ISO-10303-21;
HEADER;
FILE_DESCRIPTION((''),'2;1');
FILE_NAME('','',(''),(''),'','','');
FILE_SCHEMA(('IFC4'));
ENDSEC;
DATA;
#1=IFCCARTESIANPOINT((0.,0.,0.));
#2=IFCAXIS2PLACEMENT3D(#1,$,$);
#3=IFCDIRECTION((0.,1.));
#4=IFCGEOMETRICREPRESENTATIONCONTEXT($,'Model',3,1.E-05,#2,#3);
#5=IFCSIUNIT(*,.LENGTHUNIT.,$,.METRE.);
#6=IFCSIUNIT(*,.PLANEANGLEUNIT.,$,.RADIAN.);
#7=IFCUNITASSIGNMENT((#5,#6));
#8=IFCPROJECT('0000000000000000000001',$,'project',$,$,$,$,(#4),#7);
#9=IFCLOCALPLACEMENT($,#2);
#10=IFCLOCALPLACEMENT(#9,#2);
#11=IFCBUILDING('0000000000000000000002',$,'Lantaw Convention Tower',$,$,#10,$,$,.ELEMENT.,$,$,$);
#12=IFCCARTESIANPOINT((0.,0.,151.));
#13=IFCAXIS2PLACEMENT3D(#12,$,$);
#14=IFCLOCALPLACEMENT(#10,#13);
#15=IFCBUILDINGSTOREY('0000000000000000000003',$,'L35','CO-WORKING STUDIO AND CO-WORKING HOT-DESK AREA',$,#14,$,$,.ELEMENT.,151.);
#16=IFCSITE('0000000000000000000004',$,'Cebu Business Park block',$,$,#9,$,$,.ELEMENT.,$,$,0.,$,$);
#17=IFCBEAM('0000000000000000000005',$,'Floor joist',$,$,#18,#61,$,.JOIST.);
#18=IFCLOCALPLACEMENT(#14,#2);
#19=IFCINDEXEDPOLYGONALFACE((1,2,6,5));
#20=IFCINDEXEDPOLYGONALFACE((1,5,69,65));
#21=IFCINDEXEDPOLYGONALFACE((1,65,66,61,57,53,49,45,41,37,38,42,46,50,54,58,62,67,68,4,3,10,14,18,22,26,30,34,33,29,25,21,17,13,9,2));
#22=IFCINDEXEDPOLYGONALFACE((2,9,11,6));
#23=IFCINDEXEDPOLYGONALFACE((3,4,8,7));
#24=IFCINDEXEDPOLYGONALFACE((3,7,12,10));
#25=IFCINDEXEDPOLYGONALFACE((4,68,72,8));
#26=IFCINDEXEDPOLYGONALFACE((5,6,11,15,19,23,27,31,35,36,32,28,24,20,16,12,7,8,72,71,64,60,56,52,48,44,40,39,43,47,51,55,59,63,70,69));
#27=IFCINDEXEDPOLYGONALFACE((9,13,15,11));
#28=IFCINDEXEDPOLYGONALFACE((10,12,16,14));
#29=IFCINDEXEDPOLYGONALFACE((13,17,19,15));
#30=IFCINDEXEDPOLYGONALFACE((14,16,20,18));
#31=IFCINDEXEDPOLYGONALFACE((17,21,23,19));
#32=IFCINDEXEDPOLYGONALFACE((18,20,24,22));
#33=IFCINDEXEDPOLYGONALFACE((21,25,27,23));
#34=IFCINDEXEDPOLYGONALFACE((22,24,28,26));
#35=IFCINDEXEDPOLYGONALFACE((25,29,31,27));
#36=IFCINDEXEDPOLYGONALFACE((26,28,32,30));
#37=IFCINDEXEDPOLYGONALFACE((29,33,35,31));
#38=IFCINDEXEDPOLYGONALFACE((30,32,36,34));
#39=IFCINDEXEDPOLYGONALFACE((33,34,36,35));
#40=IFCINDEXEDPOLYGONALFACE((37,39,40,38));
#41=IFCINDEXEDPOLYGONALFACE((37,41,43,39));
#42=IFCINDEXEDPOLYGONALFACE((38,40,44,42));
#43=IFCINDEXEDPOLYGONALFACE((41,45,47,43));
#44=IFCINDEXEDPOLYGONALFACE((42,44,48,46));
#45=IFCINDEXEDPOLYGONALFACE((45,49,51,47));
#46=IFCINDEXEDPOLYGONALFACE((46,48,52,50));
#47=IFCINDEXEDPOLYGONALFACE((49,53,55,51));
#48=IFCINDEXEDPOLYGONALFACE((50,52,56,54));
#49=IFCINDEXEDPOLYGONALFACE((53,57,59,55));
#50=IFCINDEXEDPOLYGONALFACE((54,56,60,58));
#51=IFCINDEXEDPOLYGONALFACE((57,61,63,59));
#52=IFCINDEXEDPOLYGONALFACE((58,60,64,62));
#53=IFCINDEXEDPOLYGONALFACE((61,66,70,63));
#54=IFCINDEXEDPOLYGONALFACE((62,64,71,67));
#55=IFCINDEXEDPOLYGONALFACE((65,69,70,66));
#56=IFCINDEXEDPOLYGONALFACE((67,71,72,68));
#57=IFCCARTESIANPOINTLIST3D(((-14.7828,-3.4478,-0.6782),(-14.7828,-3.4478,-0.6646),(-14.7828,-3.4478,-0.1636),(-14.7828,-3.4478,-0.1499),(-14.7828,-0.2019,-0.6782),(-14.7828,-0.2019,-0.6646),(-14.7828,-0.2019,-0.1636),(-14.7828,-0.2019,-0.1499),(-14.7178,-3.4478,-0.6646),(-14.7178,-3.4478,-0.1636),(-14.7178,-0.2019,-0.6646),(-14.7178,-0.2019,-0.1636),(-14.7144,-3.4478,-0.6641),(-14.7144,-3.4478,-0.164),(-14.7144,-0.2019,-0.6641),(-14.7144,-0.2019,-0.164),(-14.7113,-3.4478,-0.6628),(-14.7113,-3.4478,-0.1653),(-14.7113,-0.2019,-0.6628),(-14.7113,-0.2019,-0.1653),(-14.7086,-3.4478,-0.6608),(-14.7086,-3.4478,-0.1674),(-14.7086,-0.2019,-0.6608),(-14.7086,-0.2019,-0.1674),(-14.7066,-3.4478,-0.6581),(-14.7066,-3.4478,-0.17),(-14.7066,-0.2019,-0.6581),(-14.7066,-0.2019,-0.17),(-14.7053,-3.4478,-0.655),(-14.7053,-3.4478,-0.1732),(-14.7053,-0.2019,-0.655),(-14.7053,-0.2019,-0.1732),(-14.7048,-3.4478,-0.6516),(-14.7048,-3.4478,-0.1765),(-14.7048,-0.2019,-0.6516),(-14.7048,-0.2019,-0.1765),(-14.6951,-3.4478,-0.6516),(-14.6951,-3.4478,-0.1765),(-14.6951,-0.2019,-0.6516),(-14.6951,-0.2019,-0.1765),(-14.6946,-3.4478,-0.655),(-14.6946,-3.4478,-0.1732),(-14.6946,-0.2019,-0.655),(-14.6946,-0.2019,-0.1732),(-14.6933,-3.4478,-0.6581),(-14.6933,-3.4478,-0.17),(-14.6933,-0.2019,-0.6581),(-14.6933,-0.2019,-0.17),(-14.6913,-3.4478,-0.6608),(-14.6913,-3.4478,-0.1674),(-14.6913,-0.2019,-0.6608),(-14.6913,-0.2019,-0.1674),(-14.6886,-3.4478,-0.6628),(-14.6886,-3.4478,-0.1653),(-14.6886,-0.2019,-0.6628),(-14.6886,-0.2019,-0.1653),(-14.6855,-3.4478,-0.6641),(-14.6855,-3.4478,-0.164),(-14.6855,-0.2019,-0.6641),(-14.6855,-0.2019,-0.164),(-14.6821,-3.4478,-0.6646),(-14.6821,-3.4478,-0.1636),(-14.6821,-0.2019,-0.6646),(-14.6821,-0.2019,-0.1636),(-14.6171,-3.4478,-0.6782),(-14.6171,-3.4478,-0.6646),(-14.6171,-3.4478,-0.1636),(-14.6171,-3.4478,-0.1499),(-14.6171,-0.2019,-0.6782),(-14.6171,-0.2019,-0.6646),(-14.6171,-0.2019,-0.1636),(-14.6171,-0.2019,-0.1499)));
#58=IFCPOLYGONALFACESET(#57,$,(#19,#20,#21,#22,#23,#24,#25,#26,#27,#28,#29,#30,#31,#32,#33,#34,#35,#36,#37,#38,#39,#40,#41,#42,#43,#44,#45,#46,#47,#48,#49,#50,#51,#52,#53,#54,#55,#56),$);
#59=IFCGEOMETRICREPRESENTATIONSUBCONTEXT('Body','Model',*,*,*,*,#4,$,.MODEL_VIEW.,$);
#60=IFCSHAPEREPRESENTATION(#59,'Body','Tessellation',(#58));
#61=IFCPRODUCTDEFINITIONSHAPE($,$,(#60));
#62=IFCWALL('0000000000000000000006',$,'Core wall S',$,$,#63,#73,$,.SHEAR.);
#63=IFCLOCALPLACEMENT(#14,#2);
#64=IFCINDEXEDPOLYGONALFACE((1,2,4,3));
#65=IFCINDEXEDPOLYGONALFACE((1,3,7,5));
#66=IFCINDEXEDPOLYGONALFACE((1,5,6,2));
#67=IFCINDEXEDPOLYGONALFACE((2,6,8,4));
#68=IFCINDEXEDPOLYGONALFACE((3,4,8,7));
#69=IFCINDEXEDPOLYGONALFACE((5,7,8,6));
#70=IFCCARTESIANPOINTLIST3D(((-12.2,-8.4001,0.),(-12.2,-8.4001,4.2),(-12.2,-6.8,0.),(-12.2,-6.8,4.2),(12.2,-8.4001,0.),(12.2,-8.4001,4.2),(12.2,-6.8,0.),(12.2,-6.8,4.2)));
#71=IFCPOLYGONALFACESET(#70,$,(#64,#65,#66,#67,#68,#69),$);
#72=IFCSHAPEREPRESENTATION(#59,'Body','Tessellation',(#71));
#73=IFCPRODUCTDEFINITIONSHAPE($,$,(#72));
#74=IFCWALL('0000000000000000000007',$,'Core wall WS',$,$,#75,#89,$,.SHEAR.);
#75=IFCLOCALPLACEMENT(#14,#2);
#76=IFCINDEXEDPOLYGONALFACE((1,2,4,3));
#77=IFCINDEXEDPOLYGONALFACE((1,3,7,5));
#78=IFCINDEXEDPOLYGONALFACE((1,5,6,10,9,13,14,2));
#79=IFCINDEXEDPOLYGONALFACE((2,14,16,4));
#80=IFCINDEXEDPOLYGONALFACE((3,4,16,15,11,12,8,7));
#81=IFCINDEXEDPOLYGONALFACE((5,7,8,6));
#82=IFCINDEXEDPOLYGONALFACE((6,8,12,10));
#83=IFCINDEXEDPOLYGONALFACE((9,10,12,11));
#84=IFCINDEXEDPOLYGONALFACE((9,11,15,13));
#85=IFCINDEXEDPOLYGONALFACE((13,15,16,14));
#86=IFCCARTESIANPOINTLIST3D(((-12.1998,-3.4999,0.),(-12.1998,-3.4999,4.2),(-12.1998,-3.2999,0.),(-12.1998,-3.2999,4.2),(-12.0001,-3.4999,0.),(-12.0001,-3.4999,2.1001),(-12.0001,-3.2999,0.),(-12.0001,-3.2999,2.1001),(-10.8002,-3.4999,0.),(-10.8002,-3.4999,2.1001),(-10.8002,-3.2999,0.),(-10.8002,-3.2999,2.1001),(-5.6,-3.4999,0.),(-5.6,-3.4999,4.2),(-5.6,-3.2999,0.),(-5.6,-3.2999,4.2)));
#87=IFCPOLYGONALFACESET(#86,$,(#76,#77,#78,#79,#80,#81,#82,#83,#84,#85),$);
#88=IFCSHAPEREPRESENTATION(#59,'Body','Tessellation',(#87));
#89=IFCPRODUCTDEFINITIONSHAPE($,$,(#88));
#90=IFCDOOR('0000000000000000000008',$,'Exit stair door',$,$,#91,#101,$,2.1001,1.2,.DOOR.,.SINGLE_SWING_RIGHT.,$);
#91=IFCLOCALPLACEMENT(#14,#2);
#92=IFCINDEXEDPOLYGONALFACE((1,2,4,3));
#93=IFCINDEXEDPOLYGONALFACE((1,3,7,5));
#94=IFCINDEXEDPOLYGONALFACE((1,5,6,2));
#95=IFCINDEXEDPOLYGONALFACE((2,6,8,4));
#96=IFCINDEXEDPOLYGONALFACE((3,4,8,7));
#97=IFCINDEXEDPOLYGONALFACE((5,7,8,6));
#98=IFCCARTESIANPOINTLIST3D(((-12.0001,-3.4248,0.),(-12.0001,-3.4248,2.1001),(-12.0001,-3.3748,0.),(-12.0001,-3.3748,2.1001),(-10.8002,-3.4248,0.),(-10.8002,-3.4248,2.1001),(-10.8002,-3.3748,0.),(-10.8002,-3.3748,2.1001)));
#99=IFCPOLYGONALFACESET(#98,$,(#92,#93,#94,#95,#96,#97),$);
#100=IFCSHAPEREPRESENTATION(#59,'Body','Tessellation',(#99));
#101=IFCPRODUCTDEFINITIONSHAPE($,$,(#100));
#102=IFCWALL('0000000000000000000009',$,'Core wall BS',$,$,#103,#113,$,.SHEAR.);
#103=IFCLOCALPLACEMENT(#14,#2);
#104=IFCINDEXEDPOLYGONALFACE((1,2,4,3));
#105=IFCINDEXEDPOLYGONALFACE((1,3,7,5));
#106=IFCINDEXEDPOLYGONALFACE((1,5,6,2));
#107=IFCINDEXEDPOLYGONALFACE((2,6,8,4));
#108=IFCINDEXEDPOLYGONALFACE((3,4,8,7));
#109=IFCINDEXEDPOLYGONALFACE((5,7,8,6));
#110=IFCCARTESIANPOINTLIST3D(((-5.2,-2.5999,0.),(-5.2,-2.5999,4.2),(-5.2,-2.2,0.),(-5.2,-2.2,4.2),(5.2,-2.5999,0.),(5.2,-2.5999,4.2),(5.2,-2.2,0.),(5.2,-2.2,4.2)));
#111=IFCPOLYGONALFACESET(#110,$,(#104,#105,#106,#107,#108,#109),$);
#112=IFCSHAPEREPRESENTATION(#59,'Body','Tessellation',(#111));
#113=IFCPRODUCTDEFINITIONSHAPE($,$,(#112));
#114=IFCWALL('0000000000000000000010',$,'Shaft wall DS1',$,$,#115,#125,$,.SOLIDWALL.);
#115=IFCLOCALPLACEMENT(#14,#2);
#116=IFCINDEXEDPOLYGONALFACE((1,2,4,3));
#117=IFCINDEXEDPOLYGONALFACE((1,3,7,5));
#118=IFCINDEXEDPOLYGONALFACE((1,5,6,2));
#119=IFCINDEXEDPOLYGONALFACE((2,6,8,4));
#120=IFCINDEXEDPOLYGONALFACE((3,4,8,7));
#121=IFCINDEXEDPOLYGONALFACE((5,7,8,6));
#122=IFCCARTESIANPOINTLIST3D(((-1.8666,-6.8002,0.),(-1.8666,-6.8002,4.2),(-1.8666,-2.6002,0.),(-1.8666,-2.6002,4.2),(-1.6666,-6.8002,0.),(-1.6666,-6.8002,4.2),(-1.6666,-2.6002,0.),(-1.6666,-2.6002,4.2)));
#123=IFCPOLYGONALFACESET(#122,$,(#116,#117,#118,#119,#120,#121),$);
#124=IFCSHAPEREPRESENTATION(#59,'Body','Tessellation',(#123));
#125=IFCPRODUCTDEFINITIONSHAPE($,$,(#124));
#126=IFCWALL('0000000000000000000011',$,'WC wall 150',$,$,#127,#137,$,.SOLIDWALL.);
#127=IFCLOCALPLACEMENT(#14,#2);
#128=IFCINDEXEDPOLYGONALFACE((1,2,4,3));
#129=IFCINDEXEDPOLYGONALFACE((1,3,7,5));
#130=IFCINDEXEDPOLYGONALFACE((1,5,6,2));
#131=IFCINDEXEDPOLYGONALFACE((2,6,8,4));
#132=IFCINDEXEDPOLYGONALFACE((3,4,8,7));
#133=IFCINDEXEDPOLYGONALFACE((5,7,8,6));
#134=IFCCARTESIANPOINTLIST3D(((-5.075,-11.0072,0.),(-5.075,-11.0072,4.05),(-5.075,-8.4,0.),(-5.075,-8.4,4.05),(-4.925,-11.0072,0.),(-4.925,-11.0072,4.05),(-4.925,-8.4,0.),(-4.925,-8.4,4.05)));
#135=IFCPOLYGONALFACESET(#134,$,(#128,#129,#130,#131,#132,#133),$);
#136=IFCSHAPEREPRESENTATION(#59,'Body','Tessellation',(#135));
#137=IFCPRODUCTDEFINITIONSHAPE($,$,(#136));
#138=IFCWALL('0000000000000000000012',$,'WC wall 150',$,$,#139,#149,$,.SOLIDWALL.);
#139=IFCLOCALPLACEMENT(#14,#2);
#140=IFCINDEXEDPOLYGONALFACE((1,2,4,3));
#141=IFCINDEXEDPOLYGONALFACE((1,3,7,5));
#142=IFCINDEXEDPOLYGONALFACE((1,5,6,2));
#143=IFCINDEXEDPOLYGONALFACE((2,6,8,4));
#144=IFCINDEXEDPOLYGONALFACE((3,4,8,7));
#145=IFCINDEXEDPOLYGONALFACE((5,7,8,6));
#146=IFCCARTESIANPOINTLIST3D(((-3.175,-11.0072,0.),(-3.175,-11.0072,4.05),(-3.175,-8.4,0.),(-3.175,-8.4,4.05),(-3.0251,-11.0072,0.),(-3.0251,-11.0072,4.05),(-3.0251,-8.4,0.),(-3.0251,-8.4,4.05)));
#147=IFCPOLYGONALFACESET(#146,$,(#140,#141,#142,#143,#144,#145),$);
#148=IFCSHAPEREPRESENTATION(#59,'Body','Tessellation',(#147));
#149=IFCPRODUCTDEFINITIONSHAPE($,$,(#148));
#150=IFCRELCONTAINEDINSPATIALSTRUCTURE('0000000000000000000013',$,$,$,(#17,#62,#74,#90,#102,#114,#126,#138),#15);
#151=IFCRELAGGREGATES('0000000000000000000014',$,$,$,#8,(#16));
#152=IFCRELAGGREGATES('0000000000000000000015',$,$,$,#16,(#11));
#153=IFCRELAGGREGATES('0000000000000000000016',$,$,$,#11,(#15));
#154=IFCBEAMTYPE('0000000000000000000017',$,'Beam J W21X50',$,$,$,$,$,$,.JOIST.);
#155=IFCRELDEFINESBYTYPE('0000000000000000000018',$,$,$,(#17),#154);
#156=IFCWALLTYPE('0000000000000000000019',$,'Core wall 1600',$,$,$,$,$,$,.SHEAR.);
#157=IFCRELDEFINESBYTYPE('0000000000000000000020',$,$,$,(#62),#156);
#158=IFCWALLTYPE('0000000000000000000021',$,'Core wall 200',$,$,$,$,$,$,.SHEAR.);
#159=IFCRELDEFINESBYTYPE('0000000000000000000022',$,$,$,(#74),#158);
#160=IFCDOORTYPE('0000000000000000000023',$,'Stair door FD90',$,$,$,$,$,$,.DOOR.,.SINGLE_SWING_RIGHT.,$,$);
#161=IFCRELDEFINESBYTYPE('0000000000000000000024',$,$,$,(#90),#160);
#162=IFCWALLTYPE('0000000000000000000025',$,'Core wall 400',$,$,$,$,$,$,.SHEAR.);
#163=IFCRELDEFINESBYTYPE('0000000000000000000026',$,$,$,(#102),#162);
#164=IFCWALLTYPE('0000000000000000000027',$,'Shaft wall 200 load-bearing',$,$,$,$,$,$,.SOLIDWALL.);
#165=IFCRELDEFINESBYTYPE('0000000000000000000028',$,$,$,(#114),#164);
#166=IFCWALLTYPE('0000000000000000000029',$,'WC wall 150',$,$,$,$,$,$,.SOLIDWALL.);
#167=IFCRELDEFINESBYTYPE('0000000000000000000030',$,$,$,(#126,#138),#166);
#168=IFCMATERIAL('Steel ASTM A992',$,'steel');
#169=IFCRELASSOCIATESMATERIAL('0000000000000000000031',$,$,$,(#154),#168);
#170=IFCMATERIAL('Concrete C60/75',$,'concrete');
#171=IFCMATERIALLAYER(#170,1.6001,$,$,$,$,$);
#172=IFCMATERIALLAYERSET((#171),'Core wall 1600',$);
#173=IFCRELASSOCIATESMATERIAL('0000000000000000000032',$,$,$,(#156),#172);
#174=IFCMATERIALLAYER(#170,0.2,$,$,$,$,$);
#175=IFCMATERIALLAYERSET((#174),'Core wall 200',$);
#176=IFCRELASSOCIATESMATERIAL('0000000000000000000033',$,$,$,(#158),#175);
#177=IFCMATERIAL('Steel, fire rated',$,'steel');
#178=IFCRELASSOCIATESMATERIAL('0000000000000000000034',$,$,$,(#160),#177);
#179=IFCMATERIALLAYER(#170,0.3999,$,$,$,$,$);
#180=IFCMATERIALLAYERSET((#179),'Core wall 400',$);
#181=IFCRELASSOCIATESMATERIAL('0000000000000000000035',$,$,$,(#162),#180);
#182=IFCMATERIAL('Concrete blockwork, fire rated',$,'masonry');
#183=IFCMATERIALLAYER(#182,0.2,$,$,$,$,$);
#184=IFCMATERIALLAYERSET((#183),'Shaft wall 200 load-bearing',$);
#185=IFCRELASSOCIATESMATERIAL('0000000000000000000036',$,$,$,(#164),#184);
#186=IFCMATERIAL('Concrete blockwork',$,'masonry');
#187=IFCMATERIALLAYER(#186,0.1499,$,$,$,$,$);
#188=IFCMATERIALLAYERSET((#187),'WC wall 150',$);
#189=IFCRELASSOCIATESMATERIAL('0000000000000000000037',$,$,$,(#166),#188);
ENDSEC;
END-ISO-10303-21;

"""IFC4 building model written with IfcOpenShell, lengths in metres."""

from ifc_helpers import new_model, si_unit, direction, frame, frame_2d, origin, origin_2d, place, context, subcontext, project, spatial, rectangle, i_section, extrude, material, layer, layer_set, material_profile, profile_set, type_object, element, fill, save


model = new_model("IFC4")

# Units and contexts
model_context = context("Model", 3, precision=1e-05, world=origin(), true_north=direction((0.0, 1.0)))
body_context = subcontext(model_context, "Body", "Model", "MODEL_VIEW")
ifc_project = project(units=[si_unit("LENGTHUNIT", "METRE"), si_unit("PLANEANGLEUNIT", "RADIAN")], contexts=[model_context])

# Site, building, storey
site_placement = place(None, origin())
site = spatial("IfcSite", under=ifc_project, at=site_placement, Name="Cebu Business Park block", CompositionType="ELEMENT", RefElevation=0.0)
building_placement = place(site_placement, origin())
building = spatial("IfcBuilding", under=site, at=building_placement, Name="Lantaw Convention Tower", CompositionType="ELEMENT")
storey_placement = place(building_placement, frame((0.0, 0.0, 151.0)))
storey = spatial("IfcBuildingStorey", under=building, at=storey_placement, Name="L35", Description="CO-WORKING STUDIO AND CO-WORKING HOT-DESK AREA", CompositionType="ELEMENT", Elevation=151.0)

# Beam
ifc_material_1 = material(Name="Steel ASTM A992", Category="steel")
ifc_material_profile_1 = material_profile(ifc_material_1, i_section(OverallWidth=0.1658, OverallDepth=0.5283, WebThickness=0.0098, FlangeThickness=0.0137, FilletRadius=0.0129, at=origin_2d()), Name="W21X50")
ifc_profile_set_1 = profile_set([ifc_material_profile_1], Name="Steel ASTM A992")
beam_type_1 = type_object("IfcBeamType", Name="Beam J W21X50", PredefinedType="JOIST", material=ifc_profile_set_1)
beam_1_placement = place(storey_placement, frame((-14.7, -3.4478, -0.4141), z_axis=(0.0, 1.0, 0.0), x_axis=(-1.0, 0.0, 0.0)))
element("IfcBeam", 1, at=beam_1_placement, inside=storey, type_object=beam_type_1, Name="Floor joist", PredefinedType="JOIST", context=body_context, shape_type="SweptSolid", body=[
    extrude(i_section(OverallWidth=0.1658, OverallDepth=0.5283, WebThickness=0.0098, FlangeThickness=0.0137, FilletRadius=0.0129, at=origin_2d()), origin(), (0.0, 0.0, 1.0), 3.2458),
])

# Wall
ifc_material_2 = material(Name="Concrete C60/75", Category="concrete")
ifc_layer_1 = layer(ifc_material_2, 1.6001)
ifc_layer_set_1 = layer_set([ifc_layer_1], Name="Core wall 1600")
wall_type_1 = type_object("IfcWallType", Name="Core wall 1600", PredefinedType="SHEAR", material=ifc_layer_set_1)
wall_1_placement = place(storey_placement, frame((-12.2, -7.6001, 0.0), z_axis=(0.0, 0.0, 1.0), x_axis=(1.0, 0.0, 0.0)))
element("IfcWall", 2, at=wall_1_placement, inside=storey, type_object=wall_type_1, Name="Core wall S", PredefinedType="SHEAR", context=body_context, shape_type="SweptSolid", body=[
    extrude(rectangle(XDim=24.3999, YDim=1.6001, at=frame_2d((12.2, 0.0))), origin(), (0.0, 0.0, 1.0), 4.2),
])

# Wall, opening, door
ifc_layer_2 = layer(ifc_material_2, 0.2)
ifc_layer_set_2 = layer_set([ifc_layer_2], Name="Core wall 200")
wall_type_2 = type_object("IfcWallType", Name="Core wall 200", PredefinedType="SHEAR", material=ifc_layer_set_2)
wall_2_placement = place(storey_placement, frame((-5.6001, -3.3999, 0.0), z_axis=(0.0, 0.0, 1.0), x_axis=(-1.0, 0.0, 0.0)))
wall_2 = element("IfcWall", 3, at=wall_2_placement, inside=storey, type_object=wall_type_2, Name="Core wall WS", PredefinedType="SHEAR", context=body_context, shape_type="SweptSolid", body=[
    extrude(rectangle(XDim=6.5999, YDim=0.2, at=frame_2d((3.2998, 0.0))), origin(), (0.0, 0.0, 1.0), 4.2),
])
opening_placement = place(wall_2_placement, frame((5.2, 0.0, 0.0)))
opening = element("IfcOpeningElement", 4, at=opening_placement, cuts=wall_2, PredefinedType="OPENING", context=body_context, shape_type="SweptSolid", body=[
    extrude(rectangle(XDim=1.2, YDim=2.1001, at=frame_2d((0.6001, 1.05))), frame((0.0, 0.1099, 0.0), z_axis=(0.0, -1.0, 0.0), x_axis=(1.0, 0.0, 0.0)), (0.0, 0.0, 1.0), 0.22),
])
ifc_material_3 = material(Name="Steel, fire rated", Category="steel")
door_type = type_object("IfcDoorType", Name="Stair door FD90", OperationType="SINGLE_SWING_RIGHT", PredefinedType="DOOR", material=ifc_material_3)
door_placement = place(opening_placement, origin())
door = element("IfcDoor", 5, at=door_placement, inside=storey, type_object=door_type, Name="Exit stair door", OperationType="SINGLE_SWING_RIGHT", OverallHeight=2.1001, OverallWidth=1.2, PredefinedType="DOOR", context=body_context, shape_type="SweptSolid", body=[
    extrude(rectangle(XDim=1.2, YDim=2.1001, at=frame_2d((0.6001, 1.05))), frame((0.0, 0.0249, 0.0), z_axis=(0.0, -1.0, 0.0), x_axis=(1.0, 0.0, 0.0)), (0.0, 0.0, 1.0), 0.05),
])
fill(opening, door)

# Walls
ifc_layer_3 = layer(ifc_material_2, 0.3999)
ifc_layer_set_3 = layer_set([ifc_layer_3], Name="Core wall 400")
wall_type_3 = type_object("IfcWallType", Name="Core wall 400", PredefinedType="SHEAR", material=ifc_layer_set_3)
wall_3_placement = place(storey_placement, frame((-5.2, -2.3999, 0.0), z_axis=(0.0, 0.0, 1.0), x_axis=(1.0, 0.0, 0.0)))
element("IfcWall", 6, at=wall_3_placement, inside=storey, type_object=wall_type_3, Name="Core wall BS", PredefinedType="SHEAR", context=body_context, shape_type="SweptSolid", body=[
    extrude(rectangle(XDim=10.3999, YDim=0.3999, at=frame_2d((5.2, 0.0))), origin(), (0.0, 0.0, 1.0), 4.2),
])
ifc_material_4 = material(Name="Concrete blockwork, fire rated", Category="masonry")
ifc_layer_4 = layer(ifc_material_4, 0.2)
ifc_layer_set_4 = layer_set([ifc_layer_4], Name="Shaft wall 200 load-bearing")
wall_type_4 = type_object("IfcWallType", Name="Shaft wall 200 load-bearing", PredefinedType="SOLIDWALL", material=ifc_layer_set_4)
wall_4_placement = place(storey_placement, frame((-1.7666, -2.6001, 0.0), z_axis=(0.0, 0.0, 1.0), x_axis=(0.0, -1.0, 0.0)))
element("IfcWall", 7, at=wall_4_placement, inside=storey, type_object=wall_type_4, Name="Shaft wall DS1", PredefinedType="SOLIDWALL", context=body_context, shape_type="SweptSolid", body=[
    extrude(rectangle(XDim=4.2, YDim=0.2, at=frame_2d((2.1001, 0.0))), origin(), (0.0, 0.0, 1.0), 4.2),
])
ifc_material_5 = material(Name="Concrete blockwork", Category="masonry")
ifc_layer_5 = layer(ifc_material_5, 0.1499)
ifc_layer_set_5 = layer_set([ifc_layer_5], Name="WC wall 150")
wall_type_5 = type_object("IfcWallType", Name="WC wall 150", PredefinedType="SOLIDWALL", material=ifc_layer_set_5)
for number, where, z_axis, x_axis, name in (
    (8, (-5.0, -8.3999, 0.0), (0.0, 0.0, 1.0), (0.0, -1.0, 0.0), "WC wall 150"),
    (9, (-3.1001, -8.3999, 0.0), (0.0, 0.0, 1.0), (0.0, -1.0, 0.0), "WC wall 150"),
):
    element("IfcWall", number, at=place(storey_placement, frame(where, z_axis=z_axis, x_axis=x_axis)), inside=storey, type_object=wall_type_5, Name=name, PredefinedType="SOLIDWALL", context=body_context, shape_type="SweptSolid", body=[
        extrude(rectangle(XDim=2.6072, YDim=0.1499, at=frame_2d((1.3037, 0.0))), origin(), (0.0, 0.0, 1.0), 4.05),
    ])

save(model, "model.ifc")
